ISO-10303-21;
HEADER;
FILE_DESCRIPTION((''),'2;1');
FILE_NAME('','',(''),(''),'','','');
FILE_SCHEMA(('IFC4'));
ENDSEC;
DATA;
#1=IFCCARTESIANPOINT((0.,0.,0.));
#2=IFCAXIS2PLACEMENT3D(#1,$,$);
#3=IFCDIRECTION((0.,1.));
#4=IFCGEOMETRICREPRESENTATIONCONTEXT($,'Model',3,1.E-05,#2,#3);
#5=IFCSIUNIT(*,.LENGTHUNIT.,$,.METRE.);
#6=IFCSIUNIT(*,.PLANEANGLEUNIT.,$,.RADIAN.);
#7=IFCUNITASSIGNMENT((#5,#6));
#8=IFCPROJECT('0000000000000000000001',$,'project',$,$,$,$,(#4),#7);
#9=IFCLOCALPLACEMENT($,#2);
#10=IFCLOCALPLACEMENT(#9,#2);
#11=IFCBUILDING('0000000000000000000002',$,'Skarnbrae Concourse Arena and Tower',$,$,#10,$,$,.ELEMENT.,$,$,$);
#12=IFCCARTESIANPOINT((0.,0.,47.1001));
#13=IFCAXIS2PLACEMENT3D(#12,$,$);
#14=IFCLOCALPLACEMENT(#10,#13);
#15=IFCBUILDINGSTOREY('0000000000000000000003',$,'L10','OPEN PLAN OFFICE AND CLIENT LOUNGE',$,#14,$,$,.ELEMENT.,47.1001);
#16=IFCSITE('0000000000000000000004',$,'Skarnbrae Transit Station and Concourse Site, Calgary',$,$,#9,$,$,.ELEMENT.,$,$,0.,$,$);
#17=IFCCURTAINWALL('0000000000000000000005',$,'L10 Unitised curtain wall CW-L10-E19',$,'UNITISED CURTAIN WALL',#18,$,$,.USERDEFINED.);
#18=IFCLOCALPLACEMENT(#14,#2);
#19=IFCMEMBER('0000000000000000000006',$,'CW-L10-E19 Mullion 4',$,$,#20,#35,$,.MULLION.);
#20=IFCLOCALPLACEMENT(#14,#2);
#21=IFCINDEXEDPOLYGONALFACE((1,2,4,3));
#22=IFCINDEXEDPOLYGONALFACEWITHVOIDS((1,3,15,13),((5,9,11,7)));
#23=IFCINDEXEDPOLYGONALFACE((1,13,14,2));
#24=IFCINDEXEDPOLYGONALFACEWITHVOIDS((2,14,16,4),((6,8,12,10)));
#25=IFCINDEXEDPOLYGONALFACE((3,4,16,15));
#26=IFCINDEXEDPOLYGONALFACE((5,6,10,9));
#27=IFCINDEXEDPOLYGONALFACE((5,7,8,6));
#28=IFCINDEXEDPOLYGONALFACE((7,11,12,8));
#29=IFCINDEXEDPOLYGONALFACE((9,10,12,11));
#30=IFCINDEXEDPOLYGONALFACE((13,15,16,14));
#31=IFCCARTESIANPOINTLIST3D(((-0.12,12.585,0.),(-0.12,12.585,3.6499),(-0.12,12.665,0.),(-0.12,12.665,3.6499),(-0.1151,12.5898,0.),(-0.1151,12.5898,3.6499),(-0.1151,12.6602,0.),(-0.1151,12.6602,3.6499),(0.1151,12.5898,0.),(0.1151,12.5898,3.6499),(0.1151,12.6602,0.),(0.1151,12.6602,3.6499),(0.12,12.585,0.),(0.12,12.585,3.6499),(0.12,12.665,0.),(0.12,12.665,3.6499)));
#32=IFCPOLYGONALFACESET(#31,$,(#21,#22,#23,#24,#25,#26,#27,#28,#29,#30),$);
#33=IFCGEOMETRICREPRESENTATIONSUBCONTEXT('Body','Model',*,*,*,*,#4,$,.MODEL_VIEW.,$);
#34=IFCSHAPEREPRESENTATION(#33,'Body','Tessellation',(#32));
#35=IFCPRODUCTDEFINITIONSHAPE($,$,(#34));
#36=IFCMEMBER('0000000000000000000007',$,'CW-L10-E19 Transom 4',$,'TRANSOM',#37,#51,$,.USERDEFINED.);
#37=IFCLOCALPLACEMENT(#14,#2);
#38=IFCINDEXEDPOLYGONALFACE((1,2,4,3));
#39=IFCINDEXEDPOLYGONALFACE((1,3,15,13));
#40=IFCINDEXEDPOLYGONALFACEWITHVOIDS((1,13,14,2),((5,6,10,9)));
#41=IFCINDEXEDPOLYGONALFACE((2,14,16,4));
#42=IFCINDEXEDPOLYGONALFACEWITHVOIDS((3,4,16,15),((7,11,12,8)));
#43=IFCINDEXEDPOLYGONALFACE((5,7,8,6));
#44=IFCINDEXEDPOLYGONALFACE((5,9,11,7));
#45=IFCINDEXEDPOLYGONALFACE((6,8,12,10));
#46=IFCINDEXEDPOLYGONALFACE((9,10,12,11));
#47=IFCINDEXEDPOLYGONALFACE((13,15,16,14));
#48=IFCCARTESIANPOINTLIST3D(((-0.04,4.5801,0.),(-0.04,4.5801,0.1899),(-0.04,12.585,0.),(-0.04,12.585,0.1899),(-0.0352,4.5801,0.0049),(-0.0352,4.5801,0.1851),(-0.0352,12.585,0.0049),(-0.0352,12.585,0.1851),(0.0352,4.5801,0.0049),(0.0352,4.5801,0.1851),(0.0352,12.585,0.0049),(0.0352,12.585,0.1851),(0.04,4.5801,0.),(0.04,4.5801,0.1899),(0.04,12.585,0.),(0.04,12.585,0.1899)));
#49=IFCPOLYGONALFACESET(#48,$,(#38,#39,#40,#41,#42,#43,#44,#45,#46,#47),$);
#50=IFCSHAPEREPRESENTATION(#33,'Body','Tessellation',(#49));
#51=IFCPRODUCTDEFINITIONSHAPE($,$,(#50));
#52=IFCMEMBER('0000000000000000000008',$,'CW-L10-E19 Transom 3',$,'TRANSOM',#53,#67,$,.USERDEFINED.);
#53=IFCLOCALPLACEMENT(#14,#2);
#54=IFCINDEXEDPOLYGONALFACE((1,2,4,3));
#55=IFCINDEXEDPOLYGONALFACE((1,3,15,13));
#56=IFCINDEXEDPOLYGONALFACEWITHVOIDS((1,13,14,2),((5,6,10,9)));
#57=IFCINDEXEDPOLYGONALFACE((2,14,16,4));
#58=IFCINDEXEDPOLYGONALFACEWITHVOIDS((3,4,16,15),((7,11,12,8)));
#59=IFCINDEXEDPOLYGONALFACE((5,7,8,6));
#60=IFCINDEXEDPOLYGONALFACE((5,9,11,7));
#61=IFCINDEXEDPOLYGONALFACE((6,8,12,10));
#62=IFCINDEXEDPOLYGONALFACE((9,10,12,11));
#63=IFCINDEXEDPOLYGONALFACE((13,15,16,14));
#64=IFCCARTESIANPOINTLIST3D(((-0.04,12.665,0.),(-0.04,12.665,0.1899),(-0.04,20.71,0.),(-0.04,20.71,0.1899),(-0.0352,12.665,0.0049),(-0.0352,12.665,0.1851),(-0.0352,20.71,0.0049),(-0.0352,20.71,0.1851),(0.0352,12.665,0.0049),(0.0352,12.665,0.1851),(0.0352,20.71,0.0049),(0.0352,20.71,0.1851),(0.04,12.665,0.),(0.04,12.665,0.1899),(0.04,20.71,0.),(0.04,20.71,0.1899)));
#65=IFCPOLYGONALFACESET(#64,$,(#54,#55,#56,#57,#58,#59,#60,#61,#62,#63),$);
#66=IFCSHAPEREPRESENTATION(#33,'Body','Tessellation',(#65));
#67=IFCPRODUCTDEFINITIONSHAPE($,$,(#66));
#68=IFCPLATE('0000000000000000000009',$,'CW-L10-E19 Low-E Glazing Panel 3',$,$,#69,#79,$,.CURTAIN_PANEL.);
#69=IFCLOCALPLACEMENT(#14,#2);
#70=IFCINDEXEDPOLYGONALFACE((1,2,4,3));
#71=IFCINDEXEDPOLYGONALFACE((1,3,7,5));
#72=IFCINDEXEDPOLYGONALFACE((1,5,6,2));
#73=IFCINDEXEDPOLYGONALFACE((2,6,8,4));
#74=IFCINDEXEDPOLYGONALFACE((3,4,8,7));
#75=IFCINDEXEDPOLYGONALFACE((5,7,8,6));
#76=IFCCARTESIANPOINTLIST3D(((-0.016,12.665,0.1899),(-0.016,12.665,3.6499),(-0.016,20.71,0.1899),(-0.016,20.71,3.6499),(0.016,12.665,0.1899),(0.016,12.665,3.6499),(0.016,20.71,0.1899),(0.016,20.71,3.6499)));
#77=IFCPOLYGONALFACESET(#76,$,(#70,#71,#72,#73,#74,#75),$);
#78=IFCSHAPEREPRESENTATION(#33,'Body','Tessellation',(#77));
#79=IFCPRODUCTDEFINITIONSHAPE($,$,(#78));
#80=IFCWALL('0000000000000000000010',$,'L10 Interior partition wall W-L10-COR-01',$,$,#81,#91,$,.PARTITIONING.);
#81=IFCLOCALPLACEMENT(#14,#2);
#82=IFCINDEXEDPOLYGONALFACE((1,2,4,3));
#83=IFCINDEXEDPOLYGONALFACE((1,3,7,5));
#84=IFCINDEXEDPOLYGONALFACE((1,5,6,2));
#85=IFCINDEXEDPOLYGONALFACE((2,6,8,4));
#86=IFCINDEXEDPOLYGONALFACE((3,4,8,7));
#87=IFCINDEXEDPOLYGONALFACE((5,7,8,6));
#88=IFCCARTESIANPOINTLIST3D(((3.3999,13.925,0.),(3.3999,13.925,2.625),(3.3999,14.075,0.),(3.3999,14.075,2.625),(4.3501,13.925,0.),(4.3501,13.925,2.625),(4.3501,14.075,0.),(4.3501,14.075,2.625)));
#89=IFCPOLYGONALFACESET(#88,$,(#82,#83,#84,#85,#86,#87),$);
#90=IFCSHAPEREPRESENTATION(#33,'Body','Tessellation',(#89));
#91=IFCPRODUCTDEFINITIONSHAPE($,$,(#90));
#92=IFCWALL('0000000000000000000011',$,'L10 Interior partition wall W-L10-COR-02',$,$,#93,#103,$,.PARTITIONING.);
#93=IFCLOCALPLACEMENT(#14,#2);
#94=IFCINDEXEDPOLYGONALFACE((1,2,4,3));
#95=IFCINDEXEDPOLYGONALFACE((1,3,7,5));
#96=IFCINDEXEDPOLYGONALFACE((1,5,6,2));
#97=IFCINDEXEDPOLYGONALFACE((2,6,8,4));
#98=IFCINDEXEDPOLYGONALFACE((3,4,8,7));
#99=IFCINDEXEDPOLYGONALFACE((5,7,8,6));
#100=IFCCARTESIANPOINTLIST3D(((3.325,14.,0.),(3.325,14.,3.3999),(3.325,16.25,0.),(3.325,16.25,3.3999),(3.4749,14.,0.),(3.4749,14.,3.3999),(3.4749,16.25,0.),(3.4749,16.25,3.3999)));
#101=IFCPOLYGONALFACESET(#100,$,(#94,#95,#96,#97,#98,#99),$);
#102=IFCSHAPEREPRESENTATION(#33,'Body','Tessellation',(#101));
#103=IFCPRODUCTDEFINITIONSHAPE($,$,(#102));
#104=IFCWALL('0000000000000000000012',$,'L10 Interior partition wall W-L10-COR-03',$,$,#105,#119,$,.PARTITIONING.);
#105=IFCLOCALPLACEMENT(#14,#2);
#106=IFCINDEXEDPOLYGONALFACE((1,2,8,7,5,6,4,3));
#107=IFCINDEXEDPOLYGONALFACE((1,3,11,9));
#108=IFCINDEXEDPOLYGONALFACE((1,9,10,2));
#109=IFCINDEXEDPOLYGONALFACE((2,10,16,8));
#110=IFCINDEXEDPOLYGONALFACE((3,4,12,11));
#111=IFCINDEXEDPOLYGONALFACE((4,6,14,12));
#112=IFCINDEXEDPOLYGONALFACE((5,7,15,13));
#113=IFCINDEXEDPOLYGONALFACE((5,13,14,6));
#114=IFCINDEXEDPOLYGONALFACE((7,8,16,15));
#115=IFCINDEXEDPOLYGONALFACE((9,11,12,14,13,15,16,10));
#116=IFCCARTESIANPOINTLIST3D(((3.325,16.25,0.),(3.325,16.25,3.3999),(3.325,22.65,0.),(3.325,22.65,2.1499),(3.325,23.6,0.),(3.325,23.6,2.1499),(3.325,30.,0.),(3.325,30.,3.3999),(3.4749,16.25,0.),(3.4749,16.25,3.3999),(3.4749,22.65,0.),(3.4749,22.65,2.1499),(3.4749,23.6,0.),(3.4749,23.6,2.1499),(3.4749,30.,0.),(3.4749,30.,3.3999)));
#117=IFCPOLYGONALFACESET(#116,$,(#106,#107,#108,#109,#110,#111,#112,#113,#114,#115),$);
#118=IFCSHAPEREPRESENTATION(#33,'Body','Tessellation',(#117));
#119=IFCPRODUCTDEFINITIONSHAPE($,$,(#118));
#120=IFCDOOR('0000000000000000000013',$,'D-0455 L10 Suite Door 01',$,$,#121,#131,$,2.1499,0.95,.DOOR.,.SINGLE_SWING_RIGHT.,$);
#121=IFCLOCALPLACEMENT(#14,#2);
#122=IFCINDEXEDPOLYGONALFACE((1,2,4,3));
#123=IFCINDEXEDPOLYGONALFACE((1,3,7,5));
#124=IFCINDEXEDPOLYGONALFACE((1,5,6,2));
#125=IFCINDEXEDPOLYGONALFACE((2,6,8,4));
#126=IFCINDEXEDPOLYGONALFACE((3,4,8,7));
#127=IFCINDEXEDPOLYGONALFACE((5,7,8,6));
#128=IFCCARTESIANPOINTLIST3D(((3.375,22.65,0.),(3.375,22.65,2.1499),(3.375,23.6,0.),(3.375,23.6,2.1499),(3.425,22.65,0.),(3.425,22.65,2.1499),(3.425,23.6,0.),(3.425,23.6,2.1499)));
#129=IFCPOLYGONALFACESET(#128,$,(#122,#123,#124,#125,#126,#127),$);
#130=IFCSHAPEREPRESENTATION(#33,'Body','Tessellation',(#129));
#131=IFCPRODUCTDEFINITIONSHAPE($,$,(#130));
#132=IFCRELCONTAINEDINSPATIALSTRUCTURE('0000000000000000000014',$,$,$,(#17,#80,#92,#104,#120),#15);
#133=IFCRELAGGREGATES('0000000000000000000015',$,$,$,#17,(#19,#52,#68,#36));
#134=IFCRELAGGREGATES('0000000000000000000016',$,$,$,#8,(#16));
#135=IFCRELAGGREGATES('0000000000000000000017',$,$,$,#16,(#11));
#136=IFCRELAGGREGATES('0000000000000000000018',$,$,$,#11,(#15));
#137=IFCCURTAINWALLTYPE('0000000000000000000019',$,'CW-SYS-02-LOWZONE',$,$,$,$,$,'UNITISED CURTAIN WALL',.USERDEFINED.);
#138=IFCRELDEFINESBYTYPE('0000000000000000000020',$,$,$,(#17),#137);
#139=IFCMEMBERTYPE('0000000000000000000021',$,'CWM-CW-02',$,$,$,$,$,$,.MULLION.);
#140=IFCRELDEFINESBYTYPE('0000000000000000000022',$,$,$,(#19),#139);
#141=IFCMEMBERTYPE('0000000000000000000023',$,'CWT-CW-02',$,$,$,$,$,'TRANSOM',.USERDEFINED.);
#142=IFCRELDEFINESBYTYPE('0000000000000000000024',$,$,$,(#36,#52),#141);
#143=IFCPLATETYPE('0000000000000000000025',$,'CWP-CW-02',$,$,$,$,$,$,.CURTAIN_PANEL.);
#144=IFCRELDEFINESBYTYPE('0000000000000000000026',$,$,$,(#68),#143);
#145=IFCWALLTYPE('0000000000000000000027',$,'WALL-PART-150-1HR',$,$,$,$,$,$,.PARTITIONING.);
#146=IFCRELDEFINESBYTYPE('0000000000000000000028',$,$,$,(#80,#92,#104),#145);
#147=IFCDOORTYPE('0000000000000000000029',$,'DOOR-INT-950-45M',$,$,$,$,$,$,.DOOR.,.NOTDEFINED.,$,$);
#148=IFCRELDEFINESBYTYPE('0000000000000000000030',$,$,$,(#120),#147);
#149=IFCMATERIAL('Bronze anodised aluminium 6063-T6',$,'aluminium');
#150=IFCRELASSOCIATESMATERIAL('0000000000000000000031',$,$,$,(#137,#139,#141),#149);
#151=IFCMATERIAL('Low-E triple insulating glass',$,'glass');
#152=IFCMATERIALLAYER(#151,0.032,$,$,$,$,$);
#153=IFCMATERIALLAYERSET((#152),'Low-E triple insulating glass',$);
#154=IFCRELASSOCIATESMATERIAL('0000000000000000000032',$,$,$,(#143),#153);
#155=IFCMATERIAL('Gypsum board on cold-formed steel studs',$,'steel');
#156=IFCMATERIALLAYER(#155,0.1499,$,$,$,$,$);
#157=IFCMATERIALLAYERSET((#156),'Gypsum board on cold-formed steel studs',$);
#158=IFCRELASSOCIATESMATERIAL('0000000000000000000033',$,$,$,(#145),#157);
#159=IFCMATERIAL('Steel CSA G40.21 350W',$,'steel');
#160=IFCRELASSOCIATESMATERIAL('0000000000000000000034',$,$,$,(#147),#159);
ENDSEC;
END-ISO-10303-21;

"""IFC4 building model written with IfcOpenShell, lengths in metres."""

from ifc_helpers import new_model, si_unit, direction, frame, frame_2d, origin, origin_2d, place, context, subcontext, project, spatial, rectangle, hollow_rectangle, extrude, source, transform, mapped, material, layer, layer_set, material_profile, profile_set, type_object, element, fill, aggregate, save


model = new_model("IFC4")

# Units and contexts
model_context = context("Model", 3, precision=1e-05, world=origin(), true_north=direction((0.0, 1.0)))
body_context = subcontext(model_context, "Body", "Model", "MODEL_VIEW")
ifc_project = project(units=[si_unit("LENGTHUNIT", "METRE"), si_unit("PLANEANGLEUNIT", "RADIAN")], contexts=[model_context])

# Site, building, storey
site_placement = place(None, origin())
site = spatial("IfcSite", under=ifc_project, at=site_placement, Name="Skarnbrae Transit Station and Concourse Site, Calgary", CompositionType="ELEMENT", RefElevation=0.0)
building_placement = place(site_placement, origin())
building = spatial("IfcBuilding", under=site, at=building_placement, Name="Skarnbrae Concourse Arena and Tower", CompositionType="ELEMENT")
storey_placement = place(building_placement, frame((0.0, 0.0, 47.1001)))
storey = spatial("IfcBuildingStorey", under=building, at=storey_placement, Name="L10", Description="OPEN PLAN OFFICE AND CLIENT LOUNGE", CompositionType="ELEMENT", Elevation=47.1001)

# Shared definitions
ifc_material_1 = material(Name="Steel CSA G40.21 350W", Category="steel")

# Curtain wall, members, plate
ifc_material_2 = material(Name="Bronze anodised aluminium 6063-T6", Category="aluminium")
curtain_wall_type = type_object("IfcCurtainWallType", Name="CW-SYS-02-LOWZONE", ElementType="UNITISED CURTAIN WALL", PredefinedType="USERDEFINED", material=ifc_material_2)
curtain_wall_placement = place(storey_placement, origin())
curtain_wall = element("IfcCurtainWall", 1, at=curtain_wall_placement, inside=storey, type_object=curtain_wall_type, Name="L10 Unitised curtain wall CW-L10-E19", ObjectType="UNITISED CURTAIN WALL", PredefinedType="USERDEFINED")
ifc_material_profile_1 = material_profile(ifc_material_2, hollow_rectangle(XDim=0.0801, YDim=0.24, WallThickness=0.0049, at=origin_2d()), Name="ALU-MULL-80X240")
ifc_profile_set_1 = profile_set([ifc_material_profile_1], Name="Bronze anodised aluminium 6063-T6")
member_type_1 = type_object("IfcMemberType", Name="CWM-CW-02", PredefinedType="MULLION", material=ifc_profile_set_1)
shared_shape_1 = source(origin(), body_context, "Body", "SweptSolid", [
    extrude(hollow_rectangle(XDim=0.0801, YDim=0.24, WallThickness=0.0049, at=origin_2d()), origin(), (0.0, 0.0, 1.0), 3.6499),
])
member_1_placement = place(storey_placement, frame((0.0, 12.625, 0.0), z_axis=(0.0, 0.0, 1.0), x_axis=(0.0, -1.0, 0.0)))
member_1 = element("IfcMember", 2, at=member_1_placement, type_object=member_type_1, Name="CW-L10-E19 Mullion 4", PredefinedType="MULLION", context=body_context, shape_type="MappedRepresentation", body=[
    mapped(shared_shape_1, transform((0.0, 0.0, 0.0))),
])
ifc_material_profile_2 = material_profile(ifc_material_2, hollow_rectangle(XDim=0.0801, YDim=0.1899, WallThickness=0.0049, at=origin_2d()), Name="ALU-TRAN-80X190")
ifc_profile_set_2 = profile_set([ifc_material_profile_2], Name="Bronze anodised aluminium 6063-T6")
member_type_2 = type_object("IfcMemberType", Name="CWT-CW-02", ElementType="TRANSOM", PredefinedType="USERDEFINED", material=ifc_profile_set_2)
shared_shape_2 = source(origin(), body_context, "Body", "SweptSolid", [
    extrude(hollow_rectangle(XDim=0.0801, YDim=0.1899, WallThickness=0.0049, at=origin_2d()), origin(), (0.0, 0.0, 1.0), 8.0049),
])
member_2_placement = place(storey_placement, frame((0.0, 12.585, 0.095), z_axis=(0.0, -1.0, 0.0), x_axis=(1.0, 0.0, 0.0)))
member_2 = element("IfcMember", 3, at=member_2_placement, type_object=member_type_2, Name="CW-L10-E19 Transom 4", ObjectType="TRANSOM", PredefinedType="USERDEFINED", context=body_context, shape_type="MappedRepresentation", body=[
    mapped(shared_shape_2, transform((0.0, 0.0, 0.0))),
])
shared_shape_3 = source(origin(), body_context, "Body", "SweptSolid", [
    extrude(hollow_rectangle(XDim=0.0801, YDim=0.1899, WallThickness=0.0049, at=origin_2d()), origin(), (0.0, 0.0, 1.0), 8.0449),
])
member_3_placement = place(storey_placement, frame((0.0, 20.71, 0.095), z_axis=(0.0, -1.0, 0.0), x_axis=(1.0, 0.0, 0.0)))
member_3 = element("IfcMember", 4, at=member_3_placement, type_object=member_type_2, Name="CW-L10-E19 Transom 3", ObjectType="TRANSOM", PredefinedType="USERDEFINED", context=body_context, shape_type="MappedRepresentation", body=[
    mapped(shared_shape_3, transform((0.0, 0.0, 0.0))),
])
ifc_material_3 = material(Name="Low-E triple insulating glass", Category="glass")
ifc_layer_1 = layer(ifc_material_3, 0.032)
ifc_layer_set_1 = layer_set([ifc_layer_1], Name="Low-E triple insulating glass")
plate_type = type_object("IfcPlateType", Name="CWP-CW-02", PredefinedType="CURTAIN_PANEL", material=ifc_layer_set_1)
shared_shape_4 = source(origin(), body_context, "Body", "SweptSolid", [
    extrude(rectangle(XDim=8.0449, YDim=0.032, at=origin_2d()), origin(), (0.0, 0.0, 1.0), 3.46),
])
plate_placement = place(storey_placement, frame((0.0, 16.6875, 0.1899), z_axis=(0.0, 0.0, 1.0), x_axis=(0.0, -1.0, 0.0)))
plate = element("IfcPlate", 5, at=plate_placement, type_object=plate_type, Name="CW-L10-E19 Low-E Glazing Panel 3", PredefinedType="CURTAIN_PANEL", context=body_context, shape_type="MappedRepresentation", body=[
    mapped(shared_shape_4, transform((0.0, 0.0, 0.0))),
])
aggregate(curtain_wall, [member_1, member_3, plate, member_2])

# Walls
ifc_material_4 = material(Name="Gypsum board on cold-formed steel studs", Category="steel")
ifc_layer_2 = layer(ifc_material_4, 0.1499)
ifc_layer_set_2 = layer_set([ifc_layer_2], Name="Gypsum board on cold-formed steel studs")
wall_type_1 = type_object("IfcWallType", Name="WALL-PART-150-1HR", PredefinedType="PARTITIONING", material=ifc_layer_set_2)
shared_shape_5 = source(origin(), body_context, "Body", "SweptSolid", [
    extrude(rectangle(XDim=0.9502, YDim=0.1499, at=frame_2d((0.4751, 0.0))), origin(), (0.0, 0.0, 1.0), 2.625),
])
wall_1_placement = place(storey_placement, frame((4.3501, 14.0, 0.0), z_axis=(0.0, 0.0, 1.0), x_axis=(-1.0, 0.0, 0.0)))
element("IfcWall", 6, at=wall_1_placement, inside=storey, type_object=wall_type_1, Name="L10 Interior partition wall W-L10-COR-01", PredefinedType="PARTITIONING", context=body_context, shape_type="MappedRepresentation", body=[
    mapped(shared_shape_5, transform((0.0, 0.0, 0.0))),
])
shared_shape_6 = source(origin(), body_context, "Body", "SweptSolid", [
    extrude(rectangle(XDim=2.25, YDim=0.1499, at=frame_2d((1.125, 0.0))), origin(), (0.0, 0.0, 1.0), 3.3999),
])
wall_2_placement = place(storey_placement, frame((3.3999, 14.0, 0.0), z_axis=(0.0, 0.0, 1.0), x_axis=(0.0, 1.0, 0.0)))
element("IfcWall", 7, at=wall_2_placement, inside=storey, type_object=wall_type_1, Name="L10 Interior partition wall W-L10-COR-02", PredefinedType="PARTITIONING", context=body_context, shape_type="MappedRepresentation", body=[
    mapped(shared_shape_6, transform((0.0, 0.0, 0.0))),
])

# Wall, opening, door
shared_shape_7 = source(origin(), body_context, "Body", "SweptSolid", [
    extrude(rectangle(XDim=13.75, YDim=0.1499, at=frame_2d((6.875, 0.0))), origin(), (0.0, 0.0, 1.0), 3.3999),
])
wall_3_placement = place(storey_placement, frame((3.3999, 16.25, 0.0), z_axis=(0.0, 0.0, 1.0), x_axis=(0.0, 1.0, 0.0)))
wall_3 = element("IfcWall", 8, at=wall_3_placement, inside=storey, type_object=wall_type_1, Name="L10 Interior partition wall W-L10-COR-03", PredefinedType="PARTITIONING", context=body_context, shape_type="MappedRepresentation", body=[
    mapped(shared_shape_7, transform((0.0, 0.0, 0.0))),
])
opening_1_placement = place(wall_3_placement, frame((6.3999, 0.0, 0.0)))
opening_1 = element("IfcOpeningElement", 9, at=opening_1_placement, cuts=wall_3, PredefinedType="OPENING", context=body_context, shape_type="SweptSolid", body=[
    extrude(rectangle(XDim=0.95, YDim=2.1499, at=frame_2d((0.4751, 1.075))), frame((0.0, 0.085, 0.0), z_axis=(0.0, -1.0, 0.0), x_axis=(1.0, 0.0, 0.0)), (0.0, 0.0, 1.0), 0.1699),
])
door_type_1 = type_object("IfcDoorType", Name="DOOR-INT-950-45M", OperationType="NOTDEFINED", PredefinedType="DOOR", material=ifc_material_1)
shared_shape_8 = source(origin(), body_context, "Body", "SweptSolid", [
    extrude(rectangle(XDim=0.95, YDim=2.1499, at=frame_2d((0.4751, 1.075))), frame((0.0, 0.0249, 0.0), z_axis=(0.0, -1.0, 0.0), x_axis=(1.0, 0.0, 0.0)), (0.0, 0.0, 1.0), 0.05),
])
door_1_placement = place(opening_1_placement, origin())
door_1 = element("IfcDoor", 10, at=door_1_placement, inside=storey, type_object=door_type_1, Name="D-0455 L10 Suite Door 01", OperationType="SINGLE_SWING_RIGHT", OverallHeight=2.1499, OverallWidth=0.95, PredefinedType="DOOR", context=body_context, shape_type="MappedRepresentation", body=[
    mapped(shared_shape_8, transform((0.0, 0.0, 0.0))),
])
fill(opening_1, door_1)

save(model, "model.ifc")
